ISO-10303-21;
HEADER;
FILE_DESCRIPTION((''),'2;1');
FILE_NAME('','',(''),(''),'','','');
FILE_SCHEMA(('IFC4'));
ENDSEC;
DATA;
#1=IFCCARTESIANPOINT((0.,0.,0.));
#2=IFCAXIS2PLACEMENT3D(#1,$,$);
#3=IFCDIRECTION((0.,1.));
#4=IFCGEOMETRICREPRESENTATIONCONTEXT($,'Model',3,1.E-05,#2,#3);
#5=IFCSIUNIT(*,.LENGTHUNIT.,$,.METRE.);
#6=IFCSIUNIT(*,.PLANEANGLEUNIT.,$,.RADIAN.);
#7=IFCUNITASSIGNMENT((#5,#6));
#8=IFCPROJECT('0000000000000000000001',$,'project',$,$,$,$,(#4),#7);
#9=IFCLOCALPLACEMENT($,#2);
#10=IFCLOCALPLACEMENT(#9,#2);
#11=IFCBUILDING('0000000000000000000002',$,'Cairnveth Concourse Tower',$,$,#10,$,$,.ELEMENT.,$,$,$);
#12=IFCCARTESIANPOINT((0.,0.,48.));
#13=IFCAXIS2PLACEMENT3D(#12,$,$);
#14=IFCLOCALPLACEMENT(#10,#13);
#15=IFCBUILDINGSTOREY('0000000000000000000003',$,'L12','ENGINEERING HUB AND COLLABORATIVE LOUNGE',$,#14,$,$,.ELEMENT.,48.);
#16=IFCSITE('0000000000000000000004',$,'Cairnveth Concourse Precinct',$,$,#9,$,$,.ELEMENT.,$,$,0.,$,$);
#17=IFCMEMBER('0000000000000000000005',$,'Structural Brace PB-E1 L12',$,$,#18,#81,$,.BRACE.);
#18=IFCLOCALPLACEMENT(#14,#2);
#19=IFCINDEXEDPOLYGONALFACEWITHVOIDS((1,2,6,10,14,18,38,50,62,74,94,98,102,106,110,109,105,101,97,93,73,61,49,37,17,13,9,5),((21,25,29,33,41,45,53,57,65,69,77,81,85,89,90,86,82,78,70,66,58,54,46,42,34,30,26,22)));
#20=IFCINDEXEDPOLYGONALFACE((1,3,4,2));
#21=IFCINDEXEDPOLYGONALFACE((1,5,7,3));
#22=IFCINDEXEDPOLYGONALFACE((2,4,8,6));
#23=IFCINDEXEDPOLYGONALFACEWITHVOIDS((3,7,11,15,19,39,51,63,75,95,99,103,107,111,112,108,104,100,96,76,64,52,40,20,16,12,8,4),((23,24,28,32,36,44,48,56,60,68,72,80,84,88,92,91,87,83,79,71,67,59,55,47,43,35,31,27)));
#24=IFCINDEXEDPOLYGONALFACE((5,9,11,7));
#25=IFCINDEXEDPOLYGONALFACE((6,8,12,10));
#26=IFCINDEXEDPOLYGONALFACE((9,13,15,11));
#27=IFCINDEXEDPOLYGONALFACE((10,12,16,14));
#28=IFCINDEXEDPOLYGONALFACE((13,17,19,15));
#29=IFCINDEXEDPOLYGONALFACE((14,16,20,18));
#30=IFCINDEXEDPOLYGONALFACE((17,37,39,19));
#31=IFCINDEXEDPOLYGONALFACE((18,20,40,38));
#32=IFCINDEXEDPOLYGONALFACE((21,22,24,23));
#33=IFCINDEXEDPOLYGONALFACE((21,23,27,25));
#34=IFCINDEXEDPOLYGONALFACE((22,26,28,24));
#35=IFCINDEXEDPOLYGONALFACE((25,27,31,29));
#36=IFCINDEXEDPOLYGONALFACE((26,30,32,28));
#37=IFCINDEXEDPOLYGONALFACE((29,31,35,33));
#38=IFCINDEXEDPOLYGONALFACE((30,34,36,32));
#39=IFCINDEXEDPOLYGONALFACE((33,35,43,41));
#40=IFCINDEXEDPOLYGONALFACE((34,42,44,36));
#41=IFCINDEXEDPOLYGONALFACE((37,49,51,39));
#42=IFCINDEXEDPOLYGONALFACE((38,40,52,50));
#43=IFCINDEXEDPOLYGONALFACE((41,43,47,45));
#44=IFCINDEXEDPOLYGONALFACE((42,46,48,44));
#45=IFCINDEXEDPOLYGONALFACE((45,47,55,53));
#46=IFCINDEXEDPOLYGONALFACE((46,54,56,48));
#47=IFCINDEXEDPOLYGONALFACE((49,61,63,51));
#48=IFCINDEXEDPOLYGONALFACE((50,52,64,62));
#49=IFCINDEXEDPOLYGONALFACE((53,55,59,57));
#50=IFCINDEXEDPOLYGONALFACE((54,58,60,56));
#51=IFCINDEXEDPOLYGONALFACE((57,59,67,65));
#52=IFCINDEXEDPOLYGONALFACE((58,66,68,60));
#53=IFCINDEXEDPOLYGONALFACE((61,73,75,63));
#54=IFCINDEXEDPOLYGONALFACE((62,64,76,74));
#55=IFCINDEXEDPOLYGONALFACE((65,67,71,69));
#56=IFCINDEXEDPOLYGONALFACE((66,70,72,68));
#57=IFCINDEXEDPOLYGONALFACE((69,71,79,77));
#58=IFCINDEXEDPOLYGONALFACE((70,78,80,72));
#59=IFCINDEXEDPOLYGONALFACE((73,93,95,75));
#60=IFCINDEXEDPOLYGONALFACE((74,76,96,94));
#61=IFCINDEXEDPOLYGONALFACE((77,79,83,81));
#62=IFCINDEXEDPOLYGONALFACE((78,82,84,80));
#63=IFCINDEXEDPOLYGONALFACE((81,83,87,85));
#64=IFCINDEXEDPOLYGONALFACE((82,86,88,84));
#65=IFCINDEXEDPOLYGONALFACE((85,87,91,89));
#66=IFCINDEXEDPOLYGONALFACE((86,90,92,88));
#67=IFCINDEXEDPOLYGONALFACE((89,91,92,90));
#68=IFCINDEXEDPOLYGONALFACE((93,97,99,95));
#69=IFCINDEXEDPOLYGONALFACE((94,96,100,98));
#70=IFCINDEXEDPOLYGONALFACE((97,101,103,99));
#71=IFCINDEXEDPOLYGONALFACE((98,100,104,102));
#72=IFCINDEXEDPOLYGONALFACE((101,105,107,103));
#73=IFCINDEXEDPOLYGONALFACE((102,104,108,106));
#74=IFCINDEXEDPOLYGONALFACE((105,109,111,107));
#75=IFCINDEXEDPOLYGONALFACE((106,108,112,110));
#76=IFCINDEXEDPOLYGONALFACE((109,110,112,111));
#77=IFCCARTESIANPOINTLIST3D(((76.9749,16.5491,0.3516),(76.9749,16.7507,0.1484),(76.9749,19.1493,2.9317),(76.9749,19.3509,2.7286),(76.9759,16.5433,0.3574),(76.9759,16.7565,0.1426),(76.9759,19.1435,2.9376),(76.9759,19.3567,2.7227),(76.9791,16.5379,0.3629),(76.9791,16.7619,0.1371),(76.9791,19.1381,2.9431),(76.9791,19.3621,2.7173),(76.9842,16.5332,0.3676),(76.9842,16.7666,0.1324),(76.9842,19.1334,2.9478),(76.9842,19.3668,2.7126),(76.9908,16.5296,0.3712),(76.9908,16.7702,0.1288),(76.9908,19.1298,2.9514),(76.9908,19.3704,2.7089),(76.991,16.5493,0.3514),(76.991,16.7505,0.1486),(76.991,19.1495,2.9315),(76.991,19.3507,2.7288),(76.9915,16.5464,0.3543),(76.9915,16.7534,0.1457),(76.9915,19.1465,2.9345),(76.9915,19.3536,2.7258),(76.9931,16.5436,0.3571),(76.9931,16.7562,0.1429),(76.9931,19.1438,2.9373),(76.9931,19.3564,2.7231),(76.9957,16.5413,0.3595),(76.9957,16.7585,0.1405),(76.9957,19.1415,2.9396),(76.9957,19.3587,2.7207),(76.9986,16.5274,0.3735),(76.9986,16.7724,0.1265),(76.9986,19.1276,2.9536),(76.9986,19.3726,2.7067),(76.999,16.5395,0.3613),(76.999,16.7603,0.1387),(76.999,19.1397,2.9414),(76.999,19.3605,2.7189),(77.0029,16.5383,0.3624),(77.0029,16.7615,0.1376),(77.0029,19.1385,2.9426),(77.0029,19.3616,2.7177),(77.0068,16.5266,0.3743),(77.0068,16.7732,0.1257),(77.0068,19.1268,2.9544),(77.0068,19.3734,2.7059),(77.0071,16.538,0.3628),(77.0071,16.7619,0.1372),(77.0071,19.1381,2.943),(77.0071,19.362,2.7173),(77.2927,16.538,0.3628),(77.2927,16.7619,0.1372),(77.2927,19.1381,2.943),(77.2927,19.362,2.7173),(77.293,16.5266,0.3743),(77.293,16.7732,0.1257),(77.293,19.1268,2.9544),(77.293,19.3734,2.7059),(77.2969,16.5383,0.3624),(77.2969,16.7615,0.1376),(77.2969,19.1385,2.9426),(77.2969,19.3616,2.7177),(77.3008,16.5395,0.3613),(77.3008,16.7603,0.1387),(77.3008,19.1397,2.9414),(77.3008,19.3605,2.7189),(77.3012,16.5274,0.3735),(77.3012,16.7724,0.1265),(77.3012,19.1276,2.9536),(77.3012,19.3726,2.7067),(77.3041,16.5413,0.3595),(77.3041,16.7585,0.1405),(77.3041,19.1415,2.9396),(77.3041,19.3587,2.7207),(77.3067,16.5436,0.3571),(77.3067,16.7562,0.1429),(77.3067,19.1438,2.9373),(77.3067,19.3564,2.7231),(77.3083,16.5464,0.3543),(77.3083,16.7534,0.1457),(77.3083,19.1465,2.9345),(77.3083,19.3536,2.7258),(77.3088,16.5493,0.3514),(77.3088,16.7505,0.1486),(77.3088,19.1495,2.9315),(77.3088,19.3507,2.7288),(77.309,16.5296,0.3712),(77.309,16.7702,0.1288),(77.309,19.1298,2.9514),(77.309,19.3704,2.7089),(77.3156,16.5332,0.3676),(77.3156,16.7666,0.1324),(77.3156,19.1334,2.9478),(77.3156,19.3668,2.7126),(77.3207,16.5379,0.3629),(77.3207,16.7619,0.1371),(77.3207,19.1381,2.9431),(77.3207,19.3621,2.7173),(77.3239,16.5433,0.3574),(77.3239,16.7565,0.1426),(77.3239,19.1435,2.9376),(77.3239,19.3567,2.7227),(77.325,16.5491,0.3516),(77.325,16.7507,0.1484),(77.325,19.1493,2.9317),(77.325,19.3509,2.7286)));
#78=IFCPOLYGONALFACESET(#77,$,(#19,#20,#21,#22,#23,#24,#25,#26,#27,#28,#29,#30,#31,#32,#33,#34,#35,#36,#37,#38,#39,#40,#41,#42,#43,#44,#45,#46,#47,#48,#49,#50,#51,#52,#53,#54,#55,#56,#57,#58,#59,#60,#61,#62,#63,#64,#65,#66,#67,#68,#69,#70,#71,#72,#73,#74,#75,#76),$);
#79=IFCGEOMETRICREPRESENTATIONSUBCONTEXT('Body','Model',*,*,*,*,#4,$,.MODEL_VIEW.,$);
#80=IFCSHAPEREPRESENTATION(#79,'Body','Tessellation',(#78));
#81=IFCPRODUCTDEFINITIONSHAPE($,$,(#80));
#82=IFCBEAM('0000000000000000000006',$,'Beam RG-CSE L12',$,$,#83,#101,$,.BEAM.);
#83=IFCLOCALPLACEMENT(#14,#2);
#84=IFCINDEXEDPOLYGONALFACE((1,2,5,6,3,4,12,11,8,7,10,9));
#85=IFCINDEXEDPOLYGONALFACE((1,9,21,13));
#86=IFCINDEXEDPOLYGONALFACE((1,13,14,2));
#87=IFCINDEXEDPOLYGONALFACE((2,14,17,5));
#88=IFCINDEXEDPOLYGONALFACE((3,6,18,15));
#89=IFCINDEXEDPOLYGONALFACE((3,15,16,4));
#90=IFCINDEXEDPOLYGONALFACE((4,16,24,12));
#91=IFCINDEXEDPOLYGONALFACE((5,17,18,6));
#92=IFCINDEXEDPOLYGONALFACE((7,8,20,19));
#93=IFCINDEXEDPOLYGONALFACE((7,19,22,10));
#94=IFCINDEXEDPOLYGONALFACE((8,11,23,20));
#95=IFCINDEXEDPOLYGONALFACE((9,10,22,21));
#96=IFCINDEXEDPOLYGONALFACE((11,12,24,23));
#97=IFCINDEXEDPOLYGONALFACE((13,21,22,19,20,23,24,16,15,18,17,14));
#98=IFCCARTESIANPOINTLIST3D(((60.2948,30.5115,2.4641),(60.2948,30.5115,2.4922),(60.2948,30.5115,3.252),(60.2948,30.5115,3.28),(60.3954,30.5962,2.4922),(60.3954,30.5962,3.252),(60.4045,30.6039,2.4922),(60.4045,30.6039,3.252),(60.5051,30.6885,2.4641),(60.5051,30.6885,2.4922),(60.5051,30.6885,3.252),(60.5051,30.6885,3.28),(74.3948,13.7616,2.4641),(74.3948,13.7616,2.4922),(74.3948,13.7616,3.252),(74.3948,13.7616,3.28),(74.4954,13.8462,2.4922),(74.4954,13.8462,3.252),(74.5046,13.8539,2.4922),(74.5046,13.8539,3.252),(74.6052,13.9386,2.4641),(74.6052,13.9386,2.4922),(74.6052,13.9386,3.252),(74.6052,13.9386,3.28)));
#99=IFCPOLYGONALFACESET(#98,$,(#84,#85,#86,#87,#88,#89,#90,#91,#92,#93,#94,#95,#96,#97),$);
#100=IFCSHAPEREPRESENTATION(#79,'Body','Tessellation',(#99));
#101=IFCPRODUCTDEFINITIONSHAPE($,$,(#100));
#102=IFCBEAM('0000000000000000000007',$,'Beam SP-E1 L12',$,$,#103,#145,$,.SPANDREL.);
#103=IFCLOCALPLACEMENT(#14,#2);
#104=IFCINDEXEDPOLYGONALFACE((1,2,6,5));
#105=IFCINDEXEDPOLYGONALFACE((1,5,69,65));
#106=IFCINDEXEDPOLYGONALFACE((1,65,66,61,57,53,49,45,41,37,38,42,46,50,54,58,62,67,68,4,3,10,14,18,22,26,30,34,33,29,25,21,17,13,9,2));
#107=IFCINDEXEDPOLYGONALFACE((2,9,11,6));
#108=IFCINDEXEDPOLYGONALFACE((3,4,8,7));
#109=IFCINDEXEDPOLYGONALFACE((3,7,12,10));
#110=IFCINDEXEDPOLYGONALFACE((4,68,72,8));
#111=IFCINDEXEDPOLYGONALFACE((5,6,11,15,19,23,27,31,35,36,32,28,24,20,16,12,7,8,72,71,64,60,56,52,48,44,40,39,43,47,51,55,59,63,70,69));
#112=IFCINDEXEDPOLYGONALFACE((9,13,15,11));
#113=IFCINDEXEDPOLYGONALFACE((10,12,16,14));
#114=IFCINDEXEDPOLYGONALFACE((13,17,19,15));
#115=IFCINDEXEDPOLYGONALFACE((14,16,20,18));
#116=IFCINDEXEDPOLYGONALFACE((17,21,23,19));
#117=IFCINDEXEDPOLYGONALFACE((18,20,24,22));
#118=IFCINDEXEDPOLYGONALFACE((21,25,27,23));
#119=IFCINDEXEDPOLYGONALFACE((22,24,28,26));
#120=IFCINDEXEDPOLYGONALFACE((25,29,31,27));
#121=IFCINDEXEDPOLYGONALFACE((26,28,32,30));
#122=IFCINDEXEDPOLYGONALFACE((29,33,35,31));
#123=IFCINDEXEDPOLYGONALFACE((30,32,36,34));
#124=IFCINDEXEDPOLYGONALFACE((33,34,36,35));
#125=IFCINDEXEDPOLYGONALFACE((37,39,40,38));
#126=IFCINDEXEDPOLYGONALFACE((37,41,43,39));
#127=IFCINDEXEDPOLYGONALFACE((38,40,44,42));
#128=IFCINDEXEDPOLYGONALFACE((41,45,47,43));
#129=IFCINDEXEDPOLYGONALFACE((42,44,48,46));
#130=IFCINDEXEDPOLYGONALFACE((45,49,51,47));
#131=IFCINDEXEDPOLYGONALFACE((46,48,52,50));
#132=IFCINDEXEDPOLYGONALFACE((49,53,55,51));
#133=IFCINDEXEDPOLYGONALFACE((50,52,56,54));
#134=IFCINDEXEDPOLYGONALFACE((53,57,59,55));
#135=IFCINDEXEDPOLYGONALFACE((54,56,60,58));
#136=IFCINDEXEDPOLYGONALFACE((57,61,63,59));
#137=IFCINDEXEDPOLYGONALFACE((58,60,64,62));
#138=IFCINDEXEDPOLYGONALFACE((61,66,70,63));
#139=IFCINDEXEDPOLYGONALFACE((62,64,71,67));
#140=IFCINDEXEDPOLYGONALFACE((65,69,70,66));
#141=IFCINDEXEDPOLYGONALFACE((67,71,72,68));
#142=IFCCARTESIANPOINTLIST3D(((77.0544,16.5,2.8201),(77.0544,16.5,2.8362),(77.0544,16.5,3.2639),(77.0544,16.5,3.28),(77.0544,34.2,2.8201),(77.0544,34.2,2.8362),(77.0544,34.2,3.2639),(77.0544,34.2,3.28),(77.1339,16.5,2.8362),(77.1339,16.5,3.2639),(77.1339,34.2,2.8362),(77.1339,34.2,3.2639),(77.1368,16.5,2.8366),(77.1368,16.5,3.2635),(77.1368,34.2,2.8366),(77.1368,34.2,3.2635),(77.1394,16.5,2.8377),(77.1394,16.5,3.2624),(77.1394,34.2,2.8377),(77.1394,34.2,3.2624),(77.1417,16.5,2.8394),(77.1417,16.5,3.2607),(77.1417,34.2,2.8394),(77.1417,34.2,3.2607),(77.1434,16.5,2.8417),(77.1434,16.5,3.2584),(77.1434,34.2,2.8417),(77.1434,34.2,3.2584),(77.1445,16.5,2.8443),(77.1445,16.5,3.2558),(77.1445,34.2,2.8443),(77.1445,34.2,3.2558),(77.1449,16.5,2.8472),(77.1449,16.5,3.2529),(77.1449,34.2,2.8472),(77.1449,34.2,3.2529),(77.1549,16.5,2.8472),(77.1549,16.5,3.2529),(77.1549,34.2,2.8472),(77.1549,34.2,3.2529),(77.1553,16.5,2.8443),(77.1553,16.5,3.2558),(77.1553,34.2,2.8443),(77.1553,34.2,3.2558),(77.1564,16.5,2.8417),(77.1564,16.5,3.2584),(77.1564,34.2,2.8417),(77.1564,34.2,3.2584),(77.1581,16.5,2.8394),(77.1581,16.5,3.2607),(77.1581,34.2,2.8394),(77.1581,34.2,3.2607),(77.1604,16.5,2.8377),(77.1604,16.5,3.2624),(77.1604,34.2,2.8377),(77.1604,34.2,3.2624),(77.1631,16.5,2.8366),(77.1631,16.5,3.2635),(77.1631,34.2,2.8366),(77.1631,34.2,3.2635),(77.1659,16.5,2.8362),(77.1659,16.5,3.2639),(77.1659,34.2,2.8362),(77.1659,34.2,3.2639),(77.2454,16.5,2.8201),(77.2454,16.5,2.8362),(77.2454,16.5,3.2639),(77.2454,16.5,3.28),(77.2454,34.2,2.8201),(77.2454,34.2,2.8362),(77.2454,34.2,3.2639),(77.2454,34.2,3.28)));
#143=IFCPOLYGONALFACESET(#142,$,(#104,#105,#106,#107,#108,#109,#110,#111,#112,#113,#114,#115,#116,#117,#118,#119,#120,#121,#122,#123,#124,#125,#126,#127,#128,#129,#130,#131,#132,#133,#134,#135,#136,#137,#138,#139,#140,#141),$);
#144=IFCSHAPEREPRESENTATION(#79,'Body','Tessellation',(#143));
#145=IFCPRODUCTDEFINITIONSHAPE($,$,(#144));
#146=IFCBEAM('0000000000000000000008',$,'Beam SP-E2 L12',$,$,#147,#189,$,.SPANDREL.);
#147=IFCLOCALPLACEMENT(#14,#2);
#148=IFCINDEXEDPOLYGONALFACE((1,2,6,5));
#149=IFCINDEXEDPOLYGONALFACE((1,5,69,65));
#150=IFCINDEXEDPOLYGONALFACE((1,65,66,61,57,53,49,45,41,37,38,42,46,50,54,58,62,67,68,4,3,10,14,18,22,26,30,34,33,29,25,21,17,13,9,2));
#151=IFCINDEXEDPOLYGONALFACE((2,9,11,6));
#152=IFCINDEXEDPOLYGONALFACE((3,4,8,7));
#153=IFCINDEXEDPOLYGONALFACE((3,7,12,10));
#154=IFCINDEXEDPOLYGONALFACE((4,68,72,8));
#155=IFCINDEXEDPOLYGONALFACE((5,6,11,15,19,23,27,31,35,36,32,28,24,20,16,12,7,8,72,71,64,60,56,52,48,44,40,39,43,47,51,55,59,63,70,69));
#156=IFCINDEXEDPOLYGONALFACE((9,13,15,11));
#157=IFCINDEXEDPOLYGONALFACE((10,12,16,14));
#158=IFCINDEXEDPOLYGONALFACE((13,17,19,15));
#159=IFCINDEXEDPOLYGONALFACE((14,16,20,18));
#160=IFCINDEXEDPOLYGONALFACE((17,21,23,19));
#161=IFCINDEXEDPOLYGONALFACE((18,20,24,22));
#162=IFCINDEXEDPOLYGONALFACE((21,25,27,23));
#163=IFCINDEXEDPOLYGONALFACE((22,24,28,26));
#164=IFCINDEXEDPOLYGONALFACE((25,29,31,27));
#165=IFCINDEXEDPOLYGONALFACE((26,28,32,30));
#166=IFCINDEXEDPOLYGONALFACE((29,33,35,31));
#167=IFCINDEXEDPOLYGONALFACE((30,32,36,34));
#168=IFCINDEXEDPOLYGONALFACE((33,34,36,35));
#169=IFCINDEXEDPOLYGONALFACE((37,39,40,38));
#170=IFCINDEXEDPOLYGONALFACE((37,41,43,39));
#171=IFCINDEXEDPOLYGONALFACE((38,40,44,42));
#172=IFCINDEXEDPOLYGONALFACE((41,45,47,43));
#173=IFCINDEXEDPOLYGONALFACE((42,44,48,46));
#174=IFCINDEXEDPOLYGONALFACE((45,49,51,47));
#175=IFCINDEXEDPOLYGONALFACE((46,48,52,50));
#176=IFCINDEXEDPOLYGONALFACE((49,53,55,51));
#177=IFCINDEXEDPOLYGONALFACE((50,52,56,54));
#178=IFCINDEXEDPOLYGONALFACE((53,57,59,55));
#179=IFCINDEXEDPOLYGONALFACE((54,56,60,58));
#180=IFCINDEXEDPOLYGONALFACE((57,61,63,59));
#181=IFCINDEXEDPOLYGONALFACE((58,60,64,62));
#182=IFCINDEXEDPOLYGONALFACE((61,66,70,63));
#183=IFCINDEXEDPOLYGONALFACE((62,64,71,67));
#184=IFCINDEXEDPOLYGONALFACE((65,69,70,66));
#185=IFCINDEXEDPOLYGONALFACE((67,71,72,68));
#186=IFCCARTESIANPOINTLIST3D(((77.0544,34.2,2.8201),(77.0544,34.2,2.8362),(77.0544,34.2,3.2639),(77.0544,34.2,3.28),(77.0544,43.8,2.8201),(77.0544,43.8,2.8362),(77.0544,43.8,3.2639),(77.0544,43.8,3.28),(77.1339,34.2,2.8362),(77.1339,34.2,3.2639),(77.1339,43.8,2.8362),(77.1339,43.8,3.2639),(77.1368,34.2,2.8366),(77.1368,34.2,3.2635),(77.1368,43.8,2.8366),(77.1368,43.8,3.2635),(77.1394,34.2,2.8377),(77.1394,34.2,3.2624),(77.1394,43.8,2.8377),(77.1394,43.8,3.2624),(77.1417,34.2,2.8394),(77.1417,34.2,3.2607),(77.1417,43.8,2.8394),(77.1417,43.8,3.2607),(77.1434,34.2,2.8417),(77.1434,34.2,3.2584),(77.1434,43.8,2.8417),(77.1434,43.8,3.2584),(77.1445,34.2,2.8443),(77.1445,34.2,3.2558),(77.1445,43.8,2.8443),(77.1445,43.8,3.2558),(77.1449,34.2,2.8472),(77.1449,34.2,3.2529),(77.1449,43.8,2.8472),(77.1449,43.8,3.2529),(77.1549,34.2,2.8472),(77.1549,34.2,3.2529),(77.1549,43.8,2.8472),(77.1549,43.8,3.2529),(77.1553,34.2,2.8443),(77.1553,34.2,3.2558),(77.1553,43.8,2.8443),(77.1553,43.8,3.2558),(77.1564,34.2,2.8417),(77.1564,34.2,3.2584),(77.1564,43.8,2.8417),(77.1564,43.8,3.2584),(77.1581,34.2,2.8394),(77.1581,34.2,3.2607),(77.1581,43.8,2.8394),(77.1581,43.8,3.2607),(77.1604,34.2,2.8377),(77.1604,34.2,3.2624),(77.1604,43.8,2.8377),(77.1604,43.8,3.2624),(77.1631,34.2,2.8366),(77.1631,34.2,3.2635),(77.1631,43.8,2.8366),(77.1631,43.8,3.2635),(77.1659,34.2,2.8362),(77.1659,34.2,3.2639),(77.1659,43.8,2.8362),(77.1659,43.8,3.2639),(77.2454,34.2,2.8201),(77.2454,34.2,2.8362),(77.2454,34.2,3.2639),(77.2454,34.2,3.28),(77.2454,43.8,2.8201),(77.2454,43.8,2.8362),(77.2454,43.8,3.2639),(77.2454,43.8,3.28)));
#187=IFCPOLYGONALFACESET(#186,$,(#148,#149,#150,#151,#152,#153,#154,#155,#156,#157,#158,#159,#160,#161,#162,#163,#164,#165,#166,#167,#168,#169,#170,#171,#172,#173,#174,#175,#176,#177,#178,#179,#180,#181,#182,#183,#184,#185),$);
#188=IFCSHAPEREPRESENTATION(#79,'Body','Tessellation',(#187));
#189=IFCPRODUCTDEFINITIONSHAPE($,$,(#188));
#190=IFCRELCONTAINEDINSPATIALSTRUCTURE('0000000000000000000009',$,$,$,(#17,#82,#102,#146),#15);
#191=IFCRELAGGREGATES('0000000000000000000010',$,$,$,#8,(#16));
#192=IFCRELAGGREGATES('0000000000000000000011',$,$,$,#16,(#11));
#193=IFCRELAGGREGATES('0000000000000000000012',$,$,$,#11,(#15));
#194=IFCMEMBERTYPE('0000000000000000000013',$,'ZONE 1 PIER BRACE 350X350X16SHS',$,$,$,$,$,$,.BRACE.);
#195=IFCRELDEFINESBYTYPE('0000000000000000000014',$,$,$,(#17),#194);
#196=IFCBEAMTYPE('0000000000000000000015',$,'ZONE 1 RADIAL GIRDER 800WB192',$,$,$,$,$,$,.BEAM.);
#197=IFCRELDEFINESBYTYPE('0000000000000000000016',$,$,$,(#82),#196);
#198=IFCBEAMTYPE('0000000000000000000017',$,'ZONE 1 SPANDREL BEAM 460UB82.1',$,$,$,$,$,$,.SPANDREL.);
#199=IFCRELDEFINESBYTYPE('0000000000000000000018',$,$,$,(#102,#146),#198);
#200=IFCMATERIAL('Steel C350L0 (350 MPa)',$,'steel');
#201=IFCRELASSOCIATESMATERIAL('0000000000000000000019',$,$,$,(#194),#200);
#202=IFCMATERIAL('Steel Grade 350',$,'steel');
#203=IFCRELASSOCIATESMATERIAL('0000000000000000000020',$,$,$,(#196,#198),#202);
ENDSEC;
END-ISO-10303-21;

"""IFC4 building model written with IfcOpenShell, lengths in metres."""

from ifc_helpers import new_model, si_unit, direction, frame, origin, origin_2d, place, context, subcontext, project, spatial, hollow_rectangle, i_section, extrude, material, material_profile, profile_set, type_object, element, save


model = new_model("IFC4")

# Units and contexts
model_context = context("Model", 3, precision=1e-05, world=origin(), true_north=direction((0.0, 1.0)))
body_context = subcontext(model_context, "Body", "Model", "MODEL_VIEW")
ifc_project = project(units=[si_unit("LENGTHUNIT", "METRE"), si_unit("PLANEANGLEUNIT", "RADIAN")], contexts=[model_context])

# Site, building, storey
site_placement = place(None, origin())
site = spatial("IfcSite", under=ifc_project, at=site_placement, Name="Cairnveth Concourse Precinct", CompositionType="ELEMENT", RefElevation=0.0)
building_placement = place(site_placement, origin())
building = spatial("IfcBuilding", under=site, at=building_placement, Name="Cairnveth Concourse Tower", CompositionType="ELEMENT")
storey_placement = place(building_placement, frame((0.0, 0.0, 48.0)))
storey = spatial("IfcBuildingStorey", under=building, at=storey_placement, Name="L12", Description="ENGINEERING HUB AND COLLABORATIVE LOUNGE", CompositionType="ELEMENT", Elevation=48.0)

# Shared definitions
ifc_material_1 = material(Name="Steel Grade 350", Category="steel")

# Member
ifc_material_2 = material(Name="Steel C350L0 (350 MPa)", Category="steel")
ifc_material_profile_1 = material_profile(ifc_material_2, hollow_rectangle(XDim=0.3501, YDim=0.3501, WallThickness=0.0161, InnerFilletRadius=0.0161, OuterFilletRadius=0.032, at=origin_2d()), Name="350x350x16.0SHS")
ifc_profile_set_1 = profile_set([ifc_material_profile_1], Name="Steel C350L0 (350 MPa)")
member_type = type_object("IfcMemberType", Name="ZONE 1 PIER BRACE 350X350X16SHS", PredefinedType="BRACE", material=ifc_profile_set_1)
for number, where, z_axis, x_axis, name in (
    (1, (77.1499, 16.6499, 0.25), (0.0, 0.709834, 0.704369), (-1.0, 0.0, 0.0), "Structural Brace PB-E1 L12"),
):
    element("IfcMember", number, at=place(storey_placement, frame(where, z_axis=z_axis, x_axis=x_axis)), inside=storey, type_object=member_type, Name=name, PredefinedType="BRACE", context=body_context, shape_type="SweptSolid", body=[
        extrude(hollow_rectangle(XDim=0.3501, YDim=0.3501, WallThickness=0.0161, InnerFilletRadius=0.0161, OuterFilletRadius=0.032, at=origin_2d()), origin(), (0.0, 0.0, 1.0), 3.6631),
    ])

# Beams
ifc_material_profile_2 = material_profile(ifc_material_1, i_section(OverallWidth=0.2749, OverallDepth=0.8159, WebThickness=0.012, FlangeThickness=0.0281, at=origin_2d()), Name="800WB192")
ifc_profile_set_2 = profile_set([ifc_material_profile_2], Name="Steel Grade 350")
beam_type_1 = type_object("IfcBeamType", Name="ZONE 1 RADIAL GIRDER 800WB192", PredefinedType="BEAM", material=ifc_profile_set_2)
beam_1_placement = place(storey_placement, frame((74.5, 13.8501, 2.8721), z_axis=(-0.643998, 0.765027, 0.0), x_axis=(-0.765027, -0.643998, 0.0)))
element("IfcBeam", 2, at=beam_1_placement, inside=storey, type_object=beam_type_1, Name="Beam RG-CSE L12", PredefinedType="BEAM", context=body_context, shape_type="SweptSolid", body=[
    extrude(i_section(OverallWidth=0.2749, OverallDepth=0.8159, WebThickness=0.012, FlangeThickness=0.0281, at=origin_2d()), origin(), (0.0, 0.0, 1.0), 21.8945),
])
ifc_material_profile_3 = material_profile(ifc_material_1, i_section(OverallWidth=0.1909, OverallDepth=0.46, WebThickness=0.01, FlangeThickness=0.0161, FilletRadius=0.011, at=origin_2d()), Name="460UB82.1")
ifc_profile_set_3 = profile_set([ifc_material_profile_3], Name="Steel Grade 350")
beam_type_2 = type_object("IfcBeamType", Name="ZONE 1 SPANDREL BEAM 460UB82.1", PredefinedType="SPANDREL", material=ifc_profile_set_3)
beam_2_placement = place(storey_placement, frame((77.1499, 16.5, 3.05), z_axis=(0.0, 1.0, 0.0), x_axis=(-1.0, 0.0, 0.0)))
element("IfcBeam", 3, at=beam_2_placement, inside=storey, type_object=beam_type_2, Name="Beam SP-E1 L12", PredefinedType="SPANDREL", context=body_context, shape_type="SweptSolid", body=[
    extrude(i_section(OverallWidth=0.1909, OverallDepth=0.46, WebThickness=0.01, FlangeThickness=0.0161, FilletRadius=0.011, at=origin_2d()), origin(), (0.0, 0.0, 1.0), 17.7),
])
beam_3_placement = place(storey_placement, frame((77.1499, 34.2, 3.05), z_axis=(0.0, 1.0, 0.0), x_axis=(-1.0, 0.0, 0.0)))
element("IfcBeam", 4, at=beam_3_placement, inside=storey, type_object=beam_type_2, Name="Beam SP-E2 L12", PredefinedType="SPANDREL", context=body_context, shape_type="SweptSolid", body=[
    extrude(i_section(OverallWidth=0.1909, OverallDepth=0.46, WebThickness=0.01, FlangeThickness=0.0161, FilletRadius=0.011, at=origin_2d()), origin(), (0.0, 0.0, 1.0), 9.6001),
])

save(model, "model.ifc")
